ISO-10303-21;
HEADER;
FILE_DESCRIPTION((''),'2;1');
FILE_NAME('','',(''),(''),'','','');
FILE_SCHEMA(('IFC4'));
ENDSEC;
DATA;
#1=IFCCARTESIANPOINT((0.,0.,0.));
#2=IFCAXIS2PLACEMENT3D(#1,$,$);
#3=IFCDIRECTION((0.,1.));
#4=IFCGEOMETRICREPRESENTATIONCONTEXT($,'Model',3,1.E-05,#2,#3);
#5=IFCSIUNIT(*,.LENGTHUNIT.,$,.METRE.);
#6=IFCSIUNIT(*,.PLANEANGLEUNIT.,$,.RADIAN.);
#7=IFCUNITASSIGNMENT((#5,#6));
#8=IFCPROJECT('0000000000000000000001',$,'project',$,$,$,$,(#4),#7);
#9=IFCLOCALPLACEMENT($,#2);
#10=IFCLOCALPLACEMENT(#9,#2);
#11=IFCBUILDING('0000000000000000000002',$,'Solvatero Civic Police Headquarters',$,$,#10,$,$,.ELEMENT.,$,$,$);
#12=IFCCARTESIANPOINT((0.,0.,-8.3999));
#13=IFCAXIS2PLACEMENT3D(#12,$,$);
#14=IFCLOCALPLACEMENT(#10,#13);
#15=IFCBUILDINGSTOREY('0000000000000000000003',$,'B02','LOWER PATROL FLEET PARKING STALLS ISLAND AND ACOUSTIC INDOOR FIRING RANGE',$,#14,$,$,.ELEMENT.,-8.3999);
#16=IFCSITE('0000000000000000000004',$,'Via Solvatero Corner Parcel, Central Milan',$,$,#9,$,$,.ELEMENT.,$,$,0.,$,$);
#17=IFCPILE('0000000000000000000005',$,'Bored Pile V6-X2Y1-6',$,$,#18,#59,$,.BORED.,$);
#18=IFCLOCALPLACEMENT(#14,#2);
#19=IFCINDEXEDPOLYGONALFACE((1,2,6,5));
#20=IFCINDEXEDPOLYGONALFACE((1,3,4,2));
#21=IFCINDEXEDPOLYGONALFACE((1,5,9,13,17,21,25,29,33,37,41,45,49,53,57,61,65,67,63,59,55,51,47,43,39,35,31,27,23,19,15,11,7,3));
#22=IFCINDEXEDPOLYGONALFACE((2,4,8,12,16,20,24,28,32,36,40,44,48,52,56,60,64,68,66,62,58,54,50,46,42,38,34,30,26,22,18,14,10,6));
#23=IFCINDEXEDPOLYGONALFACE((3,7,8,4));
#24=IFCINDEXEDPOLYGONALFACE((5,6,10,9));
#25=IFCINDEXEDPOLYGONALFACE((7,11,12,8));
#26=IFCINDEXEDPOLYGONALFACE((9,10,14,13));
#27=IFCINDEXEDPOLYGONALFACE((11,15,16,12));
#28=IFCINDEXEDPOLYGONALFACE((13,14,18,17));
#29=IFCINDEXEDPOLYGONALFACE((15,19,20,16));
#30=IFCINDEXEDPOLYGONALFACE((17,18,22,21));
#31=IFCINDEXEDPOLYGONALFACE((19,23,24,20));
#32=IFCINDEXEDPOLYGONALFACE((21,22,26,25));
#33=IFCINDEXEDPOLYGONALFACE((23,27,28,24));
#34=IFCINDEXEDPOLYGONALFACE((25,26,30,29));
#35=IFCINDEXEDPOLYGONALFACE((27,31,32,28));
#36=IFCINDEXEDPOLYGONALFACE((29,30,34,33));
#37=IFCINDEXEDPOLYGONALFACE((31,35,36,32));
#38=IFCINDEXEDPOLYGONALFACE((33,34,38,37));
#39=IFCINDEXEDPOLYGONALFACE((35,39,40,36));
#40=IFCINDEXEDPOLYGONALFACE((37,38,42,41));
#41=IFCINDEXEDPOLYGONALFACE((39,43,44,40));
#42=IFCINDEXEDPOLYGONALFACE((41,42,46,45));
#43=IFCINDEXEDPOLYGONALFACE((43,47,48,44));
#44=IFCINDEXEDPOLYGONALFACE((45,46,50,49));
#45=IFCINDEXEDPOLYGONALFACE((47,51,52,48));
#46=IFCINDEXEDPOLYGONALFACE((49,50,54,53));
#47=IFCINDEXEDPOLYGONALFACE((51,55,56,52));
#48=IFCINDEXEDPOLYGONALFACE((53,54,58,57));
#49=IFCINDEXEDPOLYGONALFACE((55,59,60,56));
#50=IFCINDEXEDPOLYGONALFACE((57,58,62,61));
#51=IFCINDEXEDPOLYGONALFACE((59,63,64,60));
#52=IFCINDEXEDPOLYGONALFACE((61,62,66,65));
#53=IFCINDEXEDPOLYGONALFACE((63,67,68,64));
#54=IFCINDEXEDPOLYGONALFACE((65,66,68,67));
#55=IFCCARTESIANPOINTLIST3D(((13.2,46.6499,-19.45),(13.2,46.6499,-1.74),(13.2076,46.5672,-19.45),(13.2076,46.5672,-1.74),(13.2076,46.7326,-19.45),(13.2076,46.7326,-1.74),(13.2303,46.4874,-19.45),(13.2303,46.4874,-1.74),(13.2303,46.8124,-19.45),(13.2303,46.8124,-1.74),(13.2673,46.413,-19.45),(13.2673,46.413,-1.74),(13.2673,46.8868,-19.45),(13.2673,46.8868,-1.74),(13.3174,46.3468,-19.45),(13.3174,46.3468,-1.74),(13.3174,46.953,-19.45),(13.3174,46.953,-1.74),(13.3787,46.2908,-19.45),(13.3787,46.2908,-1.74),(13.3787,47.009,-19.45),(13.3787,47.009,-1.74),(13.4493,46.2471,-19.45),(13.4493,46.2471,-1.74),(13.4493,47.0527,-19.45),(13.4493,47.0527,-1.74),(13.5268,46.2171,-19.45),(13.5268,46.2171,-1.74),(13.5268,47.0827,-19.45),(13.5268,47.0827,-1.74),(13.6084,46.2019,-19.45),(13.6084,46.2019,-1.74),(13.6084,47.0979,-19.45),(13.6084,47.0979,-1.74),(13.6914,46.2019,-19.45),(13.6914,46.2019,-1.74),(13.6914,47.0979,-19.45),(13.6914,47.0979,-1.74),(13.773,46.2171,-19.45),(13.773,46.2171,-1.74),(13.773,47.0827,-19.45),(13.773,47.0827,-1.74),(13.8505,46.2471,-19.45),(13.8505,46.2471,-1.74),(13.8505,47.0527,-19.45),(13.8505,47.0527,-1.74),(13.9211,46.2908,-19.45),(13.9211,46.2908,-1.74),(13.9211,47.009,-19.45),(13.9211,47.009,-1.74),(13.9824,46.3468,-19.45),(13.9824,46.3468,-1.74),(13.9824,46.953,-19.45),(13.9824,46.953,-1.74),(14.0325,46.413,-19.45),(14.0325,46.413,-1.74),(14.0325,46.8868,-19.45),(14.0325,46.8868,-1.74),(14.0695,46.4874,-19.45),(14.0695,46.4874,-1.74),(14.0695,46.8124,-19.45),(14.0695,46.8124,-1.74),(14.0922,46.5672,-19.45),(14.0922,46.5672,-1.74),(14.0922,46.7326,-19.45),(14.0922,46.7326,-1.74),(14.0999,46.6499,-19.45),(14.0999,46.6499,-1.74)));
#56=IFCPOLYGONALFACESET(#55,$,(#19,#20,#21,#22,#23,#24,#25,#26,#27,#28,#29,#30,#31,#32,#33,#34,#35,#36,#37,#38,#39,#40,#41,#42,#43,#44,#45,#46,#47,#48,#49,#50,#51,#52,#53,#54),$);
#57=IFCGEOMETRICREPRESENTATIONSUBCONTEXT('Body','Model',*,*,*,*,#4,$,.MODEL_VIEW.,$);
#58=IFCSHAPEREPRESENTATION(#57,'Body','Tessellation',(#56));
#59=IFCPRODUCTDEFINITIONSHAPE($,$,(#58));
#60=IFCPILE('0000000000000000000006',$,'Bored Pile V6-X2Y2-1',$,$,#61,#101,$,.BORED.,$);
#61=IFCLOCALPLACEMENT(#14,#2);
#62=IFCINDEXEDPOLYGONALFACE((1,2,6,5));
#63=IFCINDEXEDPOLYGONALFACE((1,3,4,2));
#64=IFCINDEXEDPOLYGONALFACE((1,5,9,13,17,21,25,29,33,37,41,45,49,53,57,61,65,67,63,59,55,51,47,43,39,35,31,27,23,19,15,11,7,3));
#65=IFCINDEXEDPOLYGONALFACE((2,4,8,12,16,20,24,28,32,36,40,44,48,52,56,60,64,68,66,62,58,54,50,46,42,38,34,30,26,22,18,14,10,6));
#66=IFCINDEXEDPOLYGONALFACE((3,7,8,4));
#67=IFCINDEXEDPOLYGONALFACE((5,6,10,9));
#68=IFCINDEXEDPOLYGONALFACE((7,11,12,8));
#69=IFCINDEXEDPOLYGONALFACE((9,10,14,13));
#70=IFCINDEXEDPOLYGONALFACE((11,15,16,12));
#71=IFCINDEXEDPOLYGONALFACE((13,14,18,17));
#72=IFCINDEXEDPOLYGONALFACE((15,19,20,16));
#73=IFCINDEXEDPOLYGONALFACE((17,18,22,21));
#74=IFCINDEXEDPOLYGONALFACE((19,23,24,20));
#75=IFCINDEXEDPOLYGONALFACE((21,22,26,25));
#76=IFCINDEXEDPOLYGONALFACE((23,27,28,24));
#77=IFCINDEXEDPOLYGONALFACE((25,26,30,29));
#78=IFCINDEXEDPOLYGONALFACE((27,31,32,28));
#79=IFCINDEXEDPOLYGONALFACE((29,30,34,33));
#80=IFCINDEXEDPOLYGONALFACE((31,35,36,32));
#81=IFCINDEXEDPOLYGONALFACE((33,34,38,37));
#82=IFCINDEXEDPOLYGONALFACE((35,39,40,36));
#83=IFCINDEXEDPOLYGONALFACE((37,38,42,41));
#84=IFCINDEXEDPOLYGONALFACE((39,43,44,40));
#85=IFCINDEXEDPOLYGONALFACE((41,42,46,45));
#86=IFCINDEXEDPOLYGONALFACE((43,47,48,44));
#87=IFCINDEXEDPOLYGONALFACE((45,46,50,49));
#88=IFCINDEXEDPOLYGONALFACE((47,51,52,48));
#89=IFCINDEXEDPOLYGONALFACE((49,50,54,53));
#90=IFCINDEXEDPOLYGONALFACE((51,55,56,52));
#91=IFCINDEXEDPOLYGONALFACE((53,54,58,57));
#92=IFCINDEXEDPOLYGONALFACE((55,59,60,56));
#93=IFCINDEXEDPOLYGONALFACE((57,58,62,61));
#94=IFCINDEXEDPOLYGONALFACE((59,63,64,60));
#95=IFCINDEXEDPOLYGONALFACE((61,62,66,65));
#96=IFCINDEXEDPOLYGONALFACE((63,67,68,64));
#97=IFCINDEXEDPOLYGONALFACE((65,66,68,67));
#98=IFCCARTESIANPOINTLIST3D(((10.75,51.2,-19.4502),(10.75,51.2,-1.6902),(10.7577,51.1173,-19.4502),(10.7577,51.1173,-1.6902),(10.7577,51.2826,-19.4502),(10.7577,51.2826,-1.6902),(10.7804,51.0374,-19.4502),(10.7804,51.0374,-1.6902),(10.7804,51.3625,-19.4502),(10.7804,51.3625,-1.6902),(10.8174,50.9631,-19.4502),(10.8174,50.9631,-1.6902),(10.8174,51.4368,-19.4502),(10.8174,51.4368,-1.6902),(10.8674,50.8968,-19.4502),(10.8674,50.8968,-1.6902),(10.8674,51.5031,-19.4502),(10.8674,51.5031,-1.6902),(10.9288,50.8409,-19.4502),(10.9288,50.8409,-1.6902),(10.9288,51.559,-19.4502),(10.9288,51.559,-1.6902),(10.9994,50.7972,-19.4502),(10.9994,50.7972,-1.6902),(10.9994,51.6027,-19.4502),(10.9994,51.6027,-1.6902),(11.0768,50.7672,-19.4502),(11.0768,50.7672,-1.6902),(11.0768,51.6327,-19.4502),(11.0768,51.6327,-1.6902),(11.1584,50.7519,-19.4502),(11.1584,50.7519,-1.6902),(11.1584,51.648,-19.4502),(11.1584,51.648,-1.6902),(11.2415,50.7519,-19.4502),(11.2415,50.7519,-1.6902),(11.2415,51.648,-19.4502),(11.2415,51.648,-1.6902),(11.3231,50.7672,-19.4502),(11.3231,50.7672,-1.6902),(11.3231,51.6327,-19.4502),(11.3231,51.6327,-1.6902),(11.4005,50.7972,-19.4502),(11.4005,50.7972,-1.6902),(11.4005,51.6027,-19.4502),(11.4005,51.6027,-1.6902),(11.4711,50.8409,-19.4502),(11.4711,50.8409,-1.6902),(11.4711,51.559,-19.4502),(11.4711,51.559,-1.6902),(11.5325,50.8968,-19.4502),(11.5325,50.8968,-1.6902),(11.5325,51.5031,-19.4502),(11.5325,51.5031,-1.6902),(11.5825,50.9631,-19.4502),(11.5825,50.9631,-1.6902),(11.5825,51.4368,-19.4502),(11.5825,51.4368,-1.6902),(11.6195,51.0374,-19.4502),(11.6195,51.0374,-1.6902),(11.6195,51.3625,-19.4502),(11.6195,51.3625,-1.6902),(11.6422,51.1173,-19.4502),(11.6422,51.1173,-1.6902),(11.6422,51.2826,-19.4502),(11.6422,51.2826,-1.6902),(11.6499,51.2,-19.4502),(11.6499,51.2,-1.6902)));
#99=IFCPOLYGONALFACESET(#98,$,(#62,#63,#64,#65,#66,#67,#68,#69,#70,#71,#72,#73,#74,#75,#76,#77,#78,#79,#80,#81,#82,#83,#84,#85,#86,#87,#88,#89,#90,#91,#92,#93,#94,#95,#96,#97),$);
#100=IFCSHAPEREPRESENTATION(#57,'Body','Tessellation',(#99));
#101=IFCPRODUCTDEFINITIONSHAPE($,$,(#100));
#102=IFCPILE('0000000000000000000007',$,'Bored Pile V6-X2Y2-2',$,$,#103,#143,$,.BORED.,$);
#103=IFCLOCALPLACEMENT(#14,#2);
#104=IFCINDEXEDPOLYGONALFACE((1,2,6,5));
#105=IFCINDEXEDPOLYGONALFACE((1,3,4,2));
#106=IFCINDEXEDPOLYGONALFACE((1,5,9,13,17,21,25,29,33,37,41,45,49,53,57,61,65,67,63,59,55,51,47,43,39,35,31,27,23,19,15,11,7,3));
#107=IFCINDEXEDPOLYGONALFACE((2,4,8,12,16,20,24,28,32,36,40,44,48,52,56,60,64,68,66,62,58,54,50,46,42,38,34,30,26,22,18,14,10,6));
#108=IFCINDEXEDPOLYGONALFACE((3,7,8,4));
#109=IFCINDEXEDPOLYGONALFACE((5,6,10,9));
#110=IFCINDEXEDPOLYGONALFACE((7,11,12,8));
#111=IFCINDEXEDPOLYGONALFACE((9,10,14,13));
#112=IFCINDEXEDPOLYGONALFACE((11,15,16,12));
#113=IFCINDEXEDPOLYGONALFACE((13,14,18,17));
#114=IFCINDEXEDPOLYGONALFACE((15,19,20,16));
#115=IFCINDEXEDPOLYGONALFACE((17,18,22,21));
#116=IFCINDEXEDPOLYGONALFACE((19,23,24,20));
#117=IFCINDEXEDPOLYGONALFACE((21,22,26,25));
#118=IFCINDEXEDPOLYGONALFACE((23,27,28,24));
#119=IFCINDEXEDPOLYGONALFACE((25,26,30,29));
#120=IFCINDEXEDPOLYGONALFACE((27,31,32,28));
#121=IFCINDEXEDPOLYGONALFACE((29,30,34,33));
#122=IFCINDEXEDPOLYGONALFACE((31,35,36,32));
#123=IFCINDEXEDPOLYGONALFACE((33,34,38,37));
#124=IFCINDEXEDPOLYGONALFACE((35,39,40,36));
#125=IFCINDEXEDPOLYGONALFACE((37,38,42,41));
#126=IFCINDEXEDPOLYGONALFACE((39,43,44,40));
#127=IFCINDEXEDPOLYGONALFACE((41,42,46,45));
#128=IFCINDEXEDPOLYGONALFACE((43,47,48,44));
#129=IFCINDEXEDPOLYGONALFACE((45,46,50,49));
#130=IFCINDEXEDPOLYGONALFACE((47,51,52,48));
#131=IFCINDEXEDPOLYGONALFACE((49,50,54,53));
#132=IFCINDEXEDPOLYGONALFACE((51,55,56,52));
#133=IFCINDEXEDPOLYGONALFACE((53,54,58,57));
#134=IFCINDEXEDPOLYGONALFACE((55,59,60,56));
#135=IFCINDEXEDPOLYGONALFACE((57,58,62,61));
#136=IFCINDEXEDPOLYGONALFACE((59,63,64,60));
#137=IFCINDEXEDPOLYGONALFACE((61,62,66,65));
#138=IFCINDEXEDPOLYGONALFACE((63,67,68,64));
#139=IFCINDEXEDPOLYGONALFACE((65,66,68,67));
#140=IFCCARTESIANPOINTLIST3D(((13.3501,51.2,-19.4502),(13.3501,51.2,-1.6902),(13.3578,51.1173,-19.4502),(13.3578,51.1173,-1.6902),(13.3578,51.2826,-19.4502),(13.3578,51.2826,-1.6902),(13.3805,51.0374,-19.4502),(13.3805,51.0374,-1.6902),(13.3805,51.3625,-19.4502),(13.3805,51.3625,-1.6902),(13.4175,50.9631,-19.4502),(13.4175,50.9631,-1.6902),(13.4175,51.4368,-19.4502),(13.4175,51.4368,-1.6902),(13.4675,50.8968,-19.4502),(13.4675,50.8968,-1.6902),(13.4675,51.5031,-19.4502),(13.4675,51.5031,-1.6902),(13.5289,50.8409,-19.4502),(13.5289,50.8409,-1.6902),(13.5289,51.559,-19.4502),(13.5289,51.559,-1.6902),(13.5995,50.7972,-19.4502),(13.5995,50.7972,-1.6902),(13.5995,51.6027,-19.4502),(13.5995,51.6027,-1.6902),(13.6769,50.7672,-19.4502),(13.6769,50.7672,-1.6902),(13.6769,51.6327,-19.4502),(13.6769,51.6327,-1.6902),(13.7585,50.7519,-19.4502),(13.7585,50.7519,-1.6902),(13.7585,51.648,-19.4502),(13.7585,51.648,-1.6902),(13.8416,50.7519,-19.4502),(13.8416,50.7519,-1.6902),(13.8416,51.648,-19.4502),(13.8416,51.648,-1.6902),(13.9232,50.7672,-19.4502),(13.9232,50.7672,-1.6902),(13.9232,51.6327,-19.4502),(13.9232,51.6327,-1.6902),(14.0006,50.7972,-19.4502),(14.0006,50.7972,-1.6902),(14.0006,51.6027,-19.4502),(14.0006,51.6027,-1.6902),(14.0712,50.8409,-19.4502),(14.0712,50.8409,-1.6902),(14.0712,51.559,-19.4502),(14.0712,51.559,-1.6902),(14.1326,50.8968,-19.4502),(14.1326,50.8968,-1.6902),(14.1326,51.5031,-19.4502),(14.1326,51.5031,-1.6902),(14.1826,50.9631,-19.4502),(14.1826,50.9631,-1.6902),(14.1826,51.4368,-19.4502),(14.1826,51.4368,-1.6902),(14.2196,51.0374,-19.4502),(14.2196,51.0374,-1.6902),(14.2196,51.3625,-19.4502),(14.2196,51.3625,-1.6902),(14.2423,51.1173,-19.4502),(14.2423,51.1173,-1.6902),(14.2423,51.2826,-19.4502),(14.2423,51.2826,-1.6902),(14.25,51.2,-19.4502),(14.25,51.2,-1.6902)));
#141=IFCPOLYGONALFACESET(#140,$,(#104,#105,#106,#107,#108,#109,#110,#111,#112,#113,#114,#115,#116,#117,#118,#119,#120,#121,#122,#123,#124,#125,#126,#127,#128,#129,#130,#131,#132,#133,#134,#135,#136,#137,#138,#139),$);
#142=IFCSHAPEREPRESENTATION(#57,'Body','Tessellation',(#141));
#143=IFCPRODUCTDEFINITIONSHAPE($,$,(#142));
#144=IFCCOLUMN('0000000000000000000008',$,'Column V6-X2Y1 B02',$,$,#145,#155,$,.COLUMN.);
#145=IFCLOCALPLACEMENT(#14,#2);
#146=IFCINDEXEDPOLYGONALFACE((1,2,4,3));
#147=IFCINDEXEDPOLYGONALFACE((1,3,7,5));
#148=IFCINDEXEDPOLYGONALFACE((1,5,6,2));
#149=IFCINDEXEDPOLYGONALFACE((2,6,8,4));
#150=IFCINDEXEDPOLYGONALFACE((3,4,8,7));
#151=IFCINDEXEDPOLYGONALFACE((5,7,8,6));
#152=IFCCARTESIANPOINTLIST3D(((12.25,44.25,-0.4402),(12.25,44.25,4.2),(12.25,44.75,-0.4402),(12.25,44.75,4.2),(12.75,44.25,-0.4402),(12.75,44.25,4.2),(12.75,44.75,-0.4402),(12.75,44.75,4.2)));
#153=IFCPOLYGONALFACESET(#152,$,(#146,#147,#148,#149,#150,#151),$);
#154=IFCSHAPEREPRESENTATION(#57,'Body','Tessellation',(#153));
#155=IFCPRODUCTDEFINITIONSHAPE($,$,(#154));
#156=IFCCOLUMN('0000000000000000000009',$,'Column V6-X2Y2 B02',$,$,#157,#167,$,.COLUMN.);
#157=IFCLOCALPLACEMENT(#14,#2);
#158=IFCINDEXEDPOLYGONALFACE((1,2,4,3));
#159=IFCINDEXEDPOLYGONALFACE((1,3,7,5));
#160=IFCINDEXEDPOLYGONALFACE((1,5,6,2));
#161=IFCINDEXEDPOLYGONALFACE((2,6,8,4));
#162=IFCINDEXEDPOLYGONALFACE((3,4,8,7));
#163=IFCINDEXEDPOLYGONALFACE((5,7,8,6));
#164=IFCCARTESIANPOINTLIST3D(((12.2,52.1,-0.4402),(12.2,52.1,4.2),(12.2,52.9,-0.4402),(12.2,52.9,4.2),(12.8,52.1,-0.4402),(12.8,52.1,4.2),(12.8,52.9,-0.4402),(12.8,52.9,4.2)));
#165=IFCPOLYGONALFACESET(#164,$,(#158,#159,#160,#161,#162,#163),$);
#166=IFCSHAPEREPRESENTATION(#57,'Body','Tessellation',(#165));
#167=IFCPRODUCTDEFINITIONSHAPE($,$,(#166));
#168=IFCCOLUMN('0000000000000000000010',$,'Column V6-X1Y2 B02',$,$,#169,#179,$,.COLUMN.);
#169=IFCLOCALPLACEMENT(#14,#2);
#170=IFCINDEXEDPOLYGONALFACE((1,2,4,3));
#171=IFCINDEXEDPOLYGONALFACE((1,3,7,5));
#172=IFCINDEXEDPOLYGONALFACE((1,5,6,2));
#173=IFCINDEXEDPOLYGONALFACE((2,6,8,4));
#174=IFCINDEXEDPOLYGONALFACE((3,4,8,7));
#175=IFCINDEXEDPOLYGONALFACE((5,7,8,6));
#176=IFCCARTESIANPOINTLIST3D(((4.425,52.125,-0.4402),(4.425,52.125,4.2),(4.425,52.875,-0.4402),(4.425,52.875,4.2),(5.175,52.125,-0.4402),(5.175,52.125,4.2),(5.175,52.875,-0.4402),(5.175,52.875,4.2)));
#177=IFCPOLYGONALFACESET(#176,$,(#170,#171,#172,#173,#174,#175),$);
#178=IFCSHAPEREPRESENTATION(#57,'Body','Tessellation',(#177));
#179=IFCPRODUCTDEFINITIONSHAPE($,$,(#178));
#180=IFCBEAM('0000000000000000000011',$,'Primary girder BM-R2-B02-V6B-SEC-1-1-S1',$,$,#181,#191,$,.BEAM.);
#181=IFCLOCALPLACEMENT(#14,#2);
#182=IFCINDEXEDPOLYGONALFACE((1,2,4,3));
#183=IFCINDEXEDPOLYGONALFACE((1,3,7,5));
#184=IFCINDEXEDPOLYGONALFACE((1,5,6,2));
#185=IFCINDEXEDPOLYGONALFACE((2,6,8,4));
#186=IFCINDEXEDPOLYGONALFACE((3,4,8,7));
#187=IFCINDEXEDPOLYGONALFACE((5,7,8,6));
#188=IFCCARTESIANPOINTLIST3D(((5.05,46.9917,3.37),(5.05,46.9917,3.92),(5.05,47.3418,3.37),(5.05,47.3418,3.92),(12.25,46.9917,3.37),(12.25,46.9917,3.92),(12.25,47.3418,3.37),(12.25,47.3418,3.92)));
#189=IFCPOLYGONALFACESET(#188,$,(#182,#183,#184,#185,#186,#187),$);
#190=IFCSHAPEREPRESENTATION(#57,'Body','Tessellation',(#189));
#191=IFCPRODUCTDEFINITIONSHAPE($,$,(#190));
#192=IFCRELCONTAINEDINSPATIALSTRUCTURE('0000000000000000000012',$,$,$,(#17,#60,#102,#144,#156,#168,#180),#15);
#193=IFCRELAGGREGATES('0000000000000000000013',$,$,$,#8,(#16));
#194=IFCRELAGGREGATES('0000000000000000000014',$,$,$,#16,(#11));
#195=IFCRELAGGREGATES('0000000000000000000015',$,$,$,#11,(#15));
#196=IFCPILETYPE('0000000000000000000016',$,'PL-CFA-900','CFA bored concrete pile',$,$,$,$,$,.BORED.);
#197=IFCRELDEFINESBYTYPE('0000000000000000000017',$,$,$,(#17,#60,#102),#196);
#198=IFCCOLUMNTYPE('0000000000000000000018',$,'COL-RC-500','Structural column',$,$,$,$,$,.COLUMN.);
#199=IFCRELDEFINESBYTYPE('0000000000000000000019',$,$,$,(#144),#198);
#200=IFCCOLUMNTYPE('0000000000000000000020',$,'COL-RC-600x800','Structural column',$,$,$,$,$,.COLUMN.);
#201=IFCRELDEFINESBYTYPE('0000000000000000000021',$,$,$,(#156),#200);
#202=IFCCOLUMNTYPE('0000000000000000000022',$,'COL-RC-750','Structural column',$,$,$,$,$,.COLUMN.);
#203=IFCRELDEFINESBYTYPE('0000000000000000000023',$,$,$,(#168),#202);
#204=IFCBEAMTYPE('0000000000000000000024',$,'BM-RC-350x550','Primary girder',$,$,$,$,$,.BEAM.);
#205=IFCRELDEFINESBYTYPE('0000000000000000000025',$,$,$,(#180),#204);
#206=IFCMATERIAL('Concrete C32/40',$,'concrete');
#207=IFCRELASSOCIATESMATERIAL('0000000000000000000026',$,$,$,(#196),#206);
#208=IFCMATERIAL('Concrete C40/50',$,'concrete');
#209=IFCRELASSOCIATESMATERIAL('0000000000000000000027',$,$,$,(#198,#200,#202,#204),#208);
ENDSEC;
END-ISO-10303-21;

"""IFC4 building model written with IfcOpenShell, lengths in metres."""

from ifc_helpers import new_model, si_unit, direction, frame, origin, origin_2d, place, context, subcontext, project, spatial, rectangle, circle, extrude, material, material_profile, profile_set, type_object, element, save


model = new_model("IFC4")

# Units and contexts
model_context = context("Model", 3, precision=1e-05, world=origin(), true_north=direction((0.0, 1.0)))
body_context = subcontext(model_context, "Body", "Model", "MODEL_VIEW")
ifc_project = project(units=[si_unit("LENGTHUNIT", "METRE"), si_unit("PLANEANGLEUNIT", "RADIAN")], contexts=[model_context])

# Site, building, storey
site_placement = place(None, origin())
site = spatial("IfcSite", under=ifc_project, at=site_placement, Name="Via Solvatero Corner Parcel, Central Milan", CompositionType="ELEMENT", RefElevation=0.0)
building_placement = place(site_placement, origin())
building = spatial("IfcBuilding", under=site, at=building_placement, Name="Solvatero Civic Police Headquarters", CompositionType="ELEMENT")
storey_placement = place(building_placement, frame((0.0, 0.0, -8.3999)))
storey = spatial("IfcBuildingStorey", under=building, at=storey_placement, Name="B02", Description="LOWER PATROL FLEET PARKING STALLS ISLAND AND ACOUSTIC INDOOR FIRING RANGE", CompositionType="ELEMENT", Elevation=-8.3999)

# Piles
ifc_material_1 = material(Name="Concrete C32/40", Category="concrete")
ifc_material_profile_1 = material_profile(ifc_material_1, circle(Radius=0.45, at=origin_2d()), Name="CFA PILE D900")
ifc_profile_set_1 = profile_set([ifc_material_profile_1], Name="Concrete C32/40")
pile_type_1 = type_object("IfcPileType", Name="PL-CFA-900", Description="CFA bored concrete pile", PredefinedType="BORED", material=ifc_profile_set_1)
for number, where, z_axis, x_axis, name in (
    (1, (13.6499, 46.6499, -1.74), (0.0, 0.0, -1.0), (1.0, 0.0, 0.0), "Bored Pile V6-X2Y1-6"),
):
    element("IfcPile", number, at=place(storey_placement, frame(where, z_axis=z_axis, x_axis=x_axis)), inside=storey, type_object=pile_type_1, Name=name, PredefinedType="BORED", context=body_context, shape_type="SweptSolid", body=[
        extrude(circle(Radius=0.45, at=origin_2d()), origin(), (0.0, 0.0, 1.0), 17.71),
    ])
for number, where, z_axis, x_axis, name in (
    (2, (11.2, 51.2, -1.6902), (0.0, 0.0, -1.0), (1.0, 0.0, 0.0), "Bored Pile V6-X2Y2-1"),
    (3, (13.8, 51.2, -1.6902), (0.0, 0.0, -1.0), (1.0, 0.0, 0.0), "Bored Pile V6-X2Y2-2"),
):
    element("IfcPile", number, at=place(storey_placement, frame(where, z_axis=z_axis, x_axis=x_axis)), inside=storey, type_object=pile_type_1, Name=name, PredefinedType="BORED", context=body_context, shape_type="SweptSolid", body=[
        extrude(circle(Radius=0.45, at=origin_2d()), origin(), (0.0, 0.0, 1.0), 17.76),
    ])

# Columns
ifc_material_2 = material(Name="Concrete C40/50", Category="concrete")
ifc_material_profile_2 = material_profile(ifc_material_2, rectangle(XDim=0.5, YDim=0.5, at=origin_2d()), Name="RC 500x500")
ifc_profile_set_2 = profile_set([ifc_material_profile_2], Name="Concrete C40/50")
column_type_1 = type_object("IfcColumnType", Name="COL-RC-500", Description="Structural column", PredefinedType="COLUMN", material=ifc_profile_set_2)
column_1_placement = place(storey_placement, frame((12.5, 44.5, -0.4402), z_axis=(0.0, 0.0, 1.0), x_axis=(1.0, 0.0, 0.0)))
element("IfcColumn", 4, at=column_1_placement, inside=storey, type_object=column_type_1, Name="Column V6-X2Y1 B02", PredefinedType="COLUMN", context=body_context, shape_type="SweptSolid", body=[
    extrude(rectangle(XDim=0.5, YDim=0.5, at=origin_2d()), origin(), (0.0, 0.0, 1.0), 4.6401),
])
ifc_material_profile_3 = material_profile(ifc_material_2, rectangle(XDim=0.6001, YDim=0.8, at=origin_2d()), Name="RC 600x800")
ifc_profile_set_3 = profile_set([ifc_material_profile_3], Name="Concrete C40/50")
column_type_2 = type_object("IfcColumnType", Name="COL-RC-600x800", Description="Structural column", PredefinedType="COLUMN", material=ifc_profile_set_3)
column_2_placement = place(storey_placement, frame((12.5, 52.5, -0.4402), z_axis=(0.0, 0.0, 1.0), x_axis=(1.0, 0.0, 0.0)))
element("IfcColumn", 5, at=column_2_placement, inside=storey, type_object=column_type_2, Name="Column V6-X2Y2 B02", PredefinedType="COLUMN", context=body_context, shape_type="SweptSolid", body=[
    extrude(rectangle(XDim=0.6001, YDim=0.8, at=origin_2d()), origin(), (0.0, 0.0, 1.0), 4.6401),
])
ifc_material_profile_4 = material_profile(ifc_material_2, rectangle(XDim=0.75, YDim=0.75, at=origin_2d()), Name="RC 750x750")
ifc_profile_set_4 = profile_set([ifc_material_profile_4], Name="Concrete C40/50")
column_type_3 = type_object("IfcColumnType", Name="COL-RC-750", Description="Structural column", PredefinedType="COLUMN", material=ifc_profile_set_4)
column_3_placement = place(storey_placement, frame((4.8, 52.5, -0.4402), z_axis=(0.0, 0.0, 1.0), x_axis=(1.0, 0.0, 0.0)))
element("IfcColumn", 6, at=column_3_placement, inside=storey, type_object=column_type_3, Name="Column V6-X1Y2 B02", PredefinedType="COLUMN", context=body_context, shape_type="SweptSolid", body=[
    extrude(rectangle(XDim=0.75, YDim=0.75, at=origin_2d()), origin(), (0.0, 0.0, 1.0), 4.6401),
])

# Beam
ifc_material_profile_5 = material_profile(ifc_material_2, rectangle(XDim=0.3501, YDim=0.55, at=origin_2d()), Name="RC 350x550")
ifc_profile_set_5 = profile_set([ifc_material_profile_5], Name="Concrete C40/50")
beam_type_1 = type_object("IfcBeamType", Name="BM-RC-350x550", Description="Primary girder", PredefinedType="BEAM", material=ifc_profile_set_5)
for number, where, z_axis, x_axis, name in (
    (7, (5.05, 47.1667, 3.645), (1.0, 0.0, 0.0), (0.0, 1.0, 0.0), "Primary girder BM-R2-B02-V6B-SEC-1-1-S1"),
):
    element("IfcBeam", number, at=place(storey_placement, frame(where, z_axis=z_axis, x_axis=x_axis)), inside=storey, type_object=beam_type_1, Name=name, PredefinedType="BEAM", context=body_context, shape_type="SweptSolid", body=[
        extrude(rectangle(XDim=0.3501, YDim=0.55, at=origin_2d()), origin(), (0.0, 0.0, 1.0), 7.2),
    ])

save(model, "model.ifc")
